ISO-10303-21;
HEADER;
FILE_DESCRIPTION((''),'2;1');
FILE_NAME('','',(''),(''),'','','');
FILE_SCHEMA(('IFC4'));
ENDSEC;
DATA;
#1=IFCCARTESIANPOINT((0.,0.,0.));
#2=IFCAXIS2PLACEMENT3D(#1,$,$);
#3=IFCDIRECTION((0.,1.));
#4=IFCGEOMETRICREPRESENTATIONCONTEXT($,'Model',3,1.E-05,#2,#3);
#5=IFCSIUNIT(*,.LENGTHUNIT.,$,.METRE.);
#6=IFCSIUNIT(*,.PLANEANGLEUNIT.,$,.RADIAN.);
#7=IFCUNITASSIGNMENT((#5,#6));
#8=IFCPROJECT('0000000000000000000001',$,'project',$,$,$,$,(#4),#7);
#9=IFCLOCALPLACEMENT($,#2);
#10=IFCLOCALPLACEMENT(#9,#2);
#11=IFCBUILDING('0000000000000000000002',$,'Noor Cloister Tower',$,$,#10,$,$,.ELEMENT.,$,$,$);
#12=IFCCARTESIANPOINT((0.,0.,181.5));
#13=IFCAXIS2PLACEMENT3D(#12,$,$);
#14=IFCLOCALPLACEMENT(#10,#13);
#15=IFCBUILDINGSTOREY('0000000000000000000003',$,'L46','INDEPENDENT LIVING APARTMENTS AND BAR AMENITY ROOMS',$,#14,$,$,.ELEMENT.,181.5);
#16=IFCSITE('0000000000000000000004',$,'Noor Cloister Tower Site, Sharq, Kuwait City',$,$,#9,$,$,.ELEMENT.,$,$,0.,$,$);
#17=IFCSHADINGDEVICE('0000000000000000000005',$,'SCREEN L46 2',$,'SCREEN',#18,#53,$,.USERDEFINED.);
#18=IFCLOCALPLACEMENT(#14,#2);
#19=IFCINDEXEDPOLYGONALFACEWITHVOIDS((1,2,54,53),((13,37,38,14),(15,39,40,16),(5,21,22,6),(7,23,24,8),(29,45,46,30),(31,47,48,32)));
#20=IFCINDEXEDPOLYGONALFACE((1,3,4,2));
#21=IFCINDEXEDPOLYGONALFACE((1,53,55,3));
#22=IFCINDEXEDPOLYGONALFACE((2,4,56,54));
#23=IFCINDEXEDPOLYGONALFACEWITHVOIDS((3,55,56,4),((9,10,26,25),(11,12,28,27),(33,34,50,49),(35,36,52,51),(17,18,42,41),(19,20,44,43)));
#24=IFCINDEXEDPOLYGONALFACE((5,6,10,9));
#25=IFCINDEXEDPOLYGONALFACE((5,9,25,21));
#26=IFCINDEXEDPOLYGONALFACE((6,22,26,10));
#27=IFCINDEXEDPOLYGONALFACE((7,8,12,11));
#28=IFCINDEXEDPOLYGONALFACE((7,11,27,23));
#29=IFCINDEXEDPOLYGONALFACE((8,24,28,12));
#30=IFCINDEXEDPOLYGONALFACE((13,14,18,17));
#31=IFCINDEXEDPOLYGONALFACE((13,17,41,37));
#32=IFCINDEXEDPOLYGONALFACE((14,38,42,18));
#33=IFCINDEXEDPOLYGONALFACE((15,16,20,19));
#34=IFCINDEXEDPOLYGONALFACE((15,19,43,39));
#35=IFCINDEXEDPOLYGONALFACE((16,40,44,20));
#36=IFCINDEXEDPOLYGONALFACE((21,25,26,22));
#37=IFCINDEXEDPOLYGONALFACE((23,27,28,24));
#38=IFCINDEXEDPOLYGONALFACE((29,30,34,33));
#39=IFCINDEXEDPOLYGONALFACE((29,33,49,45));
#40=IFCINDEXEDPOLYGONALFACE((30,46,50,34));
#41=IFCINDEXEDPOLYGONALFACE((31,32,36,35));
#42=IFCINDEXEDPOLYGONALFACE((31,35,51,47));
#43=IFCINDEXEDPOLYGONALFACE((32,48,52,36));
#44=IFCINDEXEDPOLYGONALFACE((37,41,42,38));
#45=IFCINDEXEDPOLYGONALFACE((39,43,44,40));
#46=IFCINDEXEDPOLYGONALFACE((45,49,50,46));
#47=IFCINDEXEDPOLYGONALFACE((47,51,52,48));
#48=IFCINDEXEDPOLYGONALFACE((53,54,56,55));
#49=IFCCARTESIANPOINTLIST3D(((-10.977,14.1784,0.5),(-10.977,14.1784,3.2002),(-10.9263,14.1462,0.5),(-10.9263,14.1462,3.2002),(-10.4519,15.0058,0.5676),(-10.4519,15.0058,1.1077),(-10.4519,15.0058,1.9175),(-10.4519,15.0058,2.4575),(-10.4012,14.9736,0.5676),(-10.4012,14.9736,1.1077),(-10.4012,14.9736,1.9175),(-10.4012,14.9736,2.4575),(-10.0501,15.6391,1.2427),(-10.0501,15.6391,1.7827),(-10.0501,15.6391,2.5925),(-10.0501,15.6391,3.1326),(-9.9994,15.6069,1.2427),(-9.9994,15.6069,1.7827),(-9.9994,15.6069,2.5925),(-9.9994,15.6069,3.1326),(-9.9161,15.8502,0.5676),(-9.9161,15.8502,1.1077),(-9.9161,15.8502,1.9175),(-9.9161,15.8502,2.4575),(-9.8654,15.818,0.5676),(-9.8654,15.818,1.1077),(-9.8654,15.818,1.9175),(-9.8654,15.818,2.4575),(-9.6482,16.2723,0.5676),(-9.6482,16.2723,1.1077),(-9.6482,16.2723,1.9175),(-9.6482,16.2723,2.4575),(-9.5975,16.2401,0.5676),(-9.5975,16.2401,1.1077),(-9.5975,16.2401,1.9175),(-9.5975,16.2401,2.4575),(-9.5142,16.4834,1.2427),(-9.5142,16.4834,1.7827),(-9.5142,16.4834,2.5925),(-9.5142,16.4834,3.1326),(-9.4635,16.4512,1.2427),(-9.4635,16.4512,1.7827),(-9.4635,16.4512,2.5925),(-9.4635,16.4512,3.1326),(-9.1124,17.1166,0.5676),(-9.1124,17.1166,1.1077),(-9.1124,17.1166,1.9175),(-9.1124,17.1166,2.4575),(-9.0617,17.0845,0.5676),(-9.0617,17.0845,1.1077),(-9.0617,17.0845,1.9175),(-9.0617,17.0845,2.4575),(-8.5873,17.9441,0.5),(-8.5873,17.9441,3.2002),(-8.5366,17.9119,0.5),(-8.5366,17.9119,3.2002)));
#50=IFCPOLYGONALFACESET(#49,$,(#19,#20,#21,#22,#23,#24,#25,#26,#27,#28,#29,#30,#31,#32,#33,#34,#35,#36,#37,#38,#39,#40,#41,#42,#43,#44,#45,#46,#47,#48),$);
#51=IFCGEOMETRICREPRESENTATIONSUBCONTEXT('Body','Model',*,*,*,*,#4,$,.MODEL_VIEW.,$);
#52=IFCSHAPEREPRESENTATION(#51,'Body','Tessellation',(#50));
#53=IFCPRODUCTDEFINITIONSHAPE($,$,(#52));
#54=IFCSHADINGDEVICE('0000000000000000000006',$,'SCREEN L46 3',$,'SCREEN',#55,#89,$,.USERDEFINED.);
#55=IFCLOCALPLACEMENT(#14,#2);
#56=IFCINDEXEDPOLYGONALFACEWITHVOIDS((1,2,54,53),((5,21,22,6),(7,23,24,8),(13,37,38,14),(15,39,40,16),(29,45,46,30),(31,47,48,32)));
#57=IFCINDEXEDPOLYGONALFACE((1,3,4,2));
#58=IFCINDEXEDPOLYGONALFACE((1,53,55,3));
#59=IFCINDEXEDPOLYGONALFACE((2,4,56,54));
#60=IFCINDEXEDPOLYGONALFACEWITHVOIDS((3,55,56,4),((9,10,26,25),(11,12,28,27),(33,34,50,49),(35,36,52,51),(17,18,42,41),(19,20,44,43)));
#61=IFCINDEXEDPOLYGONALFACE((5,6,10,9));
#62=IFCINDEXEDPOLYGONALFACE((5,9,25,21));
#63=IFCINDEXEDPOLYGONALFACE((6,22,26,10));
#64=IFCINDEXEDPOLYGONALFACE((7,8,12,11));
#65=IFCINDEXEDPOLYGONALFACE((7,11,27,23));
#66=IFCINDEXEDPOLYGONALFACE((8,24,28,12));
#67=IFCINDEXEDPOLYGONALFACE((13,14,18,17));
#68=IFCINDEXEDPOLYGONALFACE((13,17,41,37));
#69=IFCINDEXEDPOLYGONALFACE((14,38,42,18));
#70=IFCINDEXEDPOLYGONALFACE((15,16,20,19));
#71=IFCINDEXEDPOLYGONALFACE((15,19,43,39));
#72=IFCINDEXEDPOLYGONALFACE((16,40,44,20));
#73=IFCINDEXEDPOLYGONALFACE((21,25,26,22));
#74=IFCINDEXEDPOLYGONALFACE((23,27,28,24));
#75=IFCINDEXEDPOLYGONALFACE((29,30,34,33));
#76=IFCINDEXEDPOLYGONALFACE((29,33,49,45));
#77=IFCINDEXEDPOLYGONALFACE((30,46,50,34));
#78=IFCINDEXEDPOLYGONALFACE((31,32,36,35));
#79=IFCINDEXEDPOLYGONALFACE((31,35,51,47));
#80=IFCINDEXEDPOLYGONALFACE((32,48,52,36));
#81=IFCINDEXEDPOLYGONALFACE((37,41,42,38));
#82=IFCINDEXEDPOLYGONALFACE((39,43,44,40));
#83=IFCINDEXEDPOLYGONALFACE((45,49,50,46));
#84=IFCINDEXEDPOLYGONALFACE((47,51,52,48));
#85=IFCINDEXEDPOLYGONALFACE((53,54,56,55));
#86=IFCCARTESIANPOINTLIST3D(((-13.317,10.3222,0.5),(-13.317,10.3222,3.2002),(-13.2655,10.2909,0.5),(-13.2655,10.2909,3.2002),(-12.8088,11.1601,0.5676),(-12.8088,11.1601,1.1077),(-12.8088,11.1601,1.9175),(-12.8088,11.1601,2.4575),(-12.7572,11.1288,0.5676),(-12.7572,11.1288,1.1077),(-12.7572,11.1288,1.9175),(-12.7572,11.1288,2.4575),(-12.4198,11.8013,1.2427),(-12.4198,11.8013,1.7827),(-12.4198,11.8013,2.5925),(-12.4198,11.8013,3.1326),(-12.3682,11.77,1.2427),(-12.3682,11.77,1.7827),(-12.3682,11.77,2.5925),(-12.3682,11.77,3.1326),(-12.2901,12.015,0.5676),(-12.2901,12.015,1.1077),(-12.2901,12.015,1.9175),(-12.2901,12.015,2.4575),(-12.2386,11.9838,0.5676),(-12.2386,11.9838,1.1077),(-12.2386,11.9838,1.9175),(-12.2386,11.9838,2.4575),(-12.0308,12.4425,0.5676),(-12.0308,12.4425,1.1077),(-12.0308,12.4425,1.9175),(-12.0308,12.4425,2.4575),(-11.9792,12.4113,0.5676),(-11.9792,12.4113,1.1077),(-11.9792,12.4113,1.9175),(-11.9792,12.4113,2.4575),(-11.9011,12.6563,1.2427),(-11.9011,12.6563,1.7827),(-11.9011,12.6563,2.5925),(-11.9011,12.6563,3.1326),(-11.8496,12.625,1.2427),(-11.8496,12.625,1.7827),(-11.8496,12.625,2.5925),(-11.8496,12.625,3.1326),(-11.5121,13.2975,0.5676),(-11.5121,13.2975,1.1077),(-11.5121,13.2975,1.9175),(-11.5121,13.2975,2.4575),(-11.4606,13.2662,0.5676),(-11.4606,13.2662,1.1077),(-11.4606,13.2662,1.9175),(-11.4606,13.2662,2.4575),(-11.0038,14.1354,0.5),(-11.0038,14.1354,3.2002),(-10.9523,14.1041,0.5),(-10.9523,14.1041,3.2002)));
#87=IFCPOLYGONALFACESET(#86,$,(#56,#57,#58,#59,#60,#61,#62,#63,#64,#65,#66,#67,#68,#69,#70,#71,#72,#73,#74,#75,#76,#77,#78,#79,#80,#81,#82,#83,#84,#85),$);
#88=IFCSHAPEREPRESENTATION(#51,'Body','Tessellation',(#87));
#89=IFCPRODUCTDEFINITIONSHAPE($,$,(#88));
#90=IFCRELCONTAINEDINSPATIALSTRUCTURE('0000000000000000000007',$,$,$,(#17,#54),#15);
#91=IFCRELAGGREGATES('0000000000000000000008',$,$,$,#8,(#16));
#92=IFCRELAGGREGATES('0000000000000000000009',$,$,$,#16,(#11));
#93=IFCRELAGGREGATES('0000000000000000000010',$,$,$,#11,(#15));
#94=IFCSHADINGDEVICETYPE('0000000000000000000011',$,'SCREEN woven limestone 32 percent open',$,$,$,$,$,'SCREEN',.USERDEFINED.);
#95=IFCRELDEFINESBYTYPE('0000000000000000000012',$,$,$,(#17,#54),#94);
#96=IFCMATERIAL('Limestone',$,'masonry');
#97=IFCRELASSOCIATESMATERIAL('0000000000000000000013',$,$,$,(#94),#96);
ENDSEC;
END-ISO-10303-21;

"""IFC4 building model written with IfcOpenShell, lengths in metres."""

from ifc_helpers import new_model, si_unit, direction, frame, origin, place, context, subcontext, project, spatial, polyline, outline, extrude, material, material_profile, profile_set, type_object, element, save


model = new_model("IFC4")

# Units and contexts
model_context = context("Model", 3, precision=1e-05, world=origin(), true_north=direction((0.0, 1.0)))
body_context = subcontext(model_context, "Body", "Model", "MODEL_VIEW")
ifc_project = project(units=[si_unit("LENGTHUNIT", "METRE"), si_unit("PLANEANGLEUNIT", "RADIAN")], contexts=[model_context])

# Site, building, storey
site_placement = place(None, origin())
site = spatial("IfcSite", under=ifc_project, at=site_placement, Name="Noor Cloister Tower Site, Sharq, Kuwait City", CompositionType="ELEMENT", RefElevation=0.0)
building_placement = place(site_placement, origin())
building = spatial("IfcBuilding", under=site, at=building_placement, Name="Noor Cloister Tower", CompositionType="ELEMENT")
storey_placement = place(building_placement, frame((0.0, 0.0, 181.5)))
storey = spatial("IfcBuildingStorey", under=building, at=storey_placement, Name="L46", Description="INDEPENDENT LIVING APARTMENTS AND BAR AMENITY ROOMS", CompositionType="ELEMENT", Elevation=181.5)

# Shading devices
ifc_material_1 = material(Name="Limestone", Category="masonry")
ifc_material_profile_1 = material_profile(ifc_material_1, outline(polyline([(-2.23, -1.3501), (2.23, -1.3501), (2.23, 1.3501), (-2.23, 1.3501), (-2.23, -1.3501)]), holes=[polyline([(-1.25, -1.2825), (-0.25, -1.2825), (-0.25, -0.7424), (-1.25, -0.7424), (-1.25, -1.2825)]), polyline([(0.25, -1.2825), (1.25, -1.2825), (1.25, -0.7424), (0.25, -0.7424), (0.25, -1.2825)]), polyline([(-0.5, -0.6074), (0.5, -0.6074), (0.5, -0.0674), (-0.5, -0.0674), (-0.5, -0.6074)]), polyline([(-1.25, 0.0674), (-0.25, 0.0674), (-0.25, 0.6074), (-1.25, 0.6074), (-1.25, 0.0674)]), polyline([(0.25, 0.0674), (1.25, 0.0674), (1.25, 0.6074), (0.25, 0.6074), (0.25, 0.0674)]), polyline([(-0.5, 0.7424), (0.5, 0.7424), (0.5, 1.2825), (-0.5, 1.2825), (-0.5, 0.7424)])]), Name="Woven screen 32 percent open")
ifc_profile_set_1 = profile_set([ifc_material_profile_1], Name="Limestone")
shading_device_type = type_object("IfcShadingDeviceType", Name="SCREEN woven limestone 32 percent open", ElementType="SCREEN", PredefinedType="USERDEFINED", material=ifc_profile_set_1)
shading_device_1_placement = place(storey_placement, frame((-9.7314, 16.0291, 1.8501), z_axis=(-0.844329, 0.535824, 0.0), x_axis=(-0.535824, -0.844329, 0.0)))
element("IfcShadingDevice", 1, at=shading_device_1_placement, inside=storey, type_object=shading_device_type, Name="SCREEN L46 2", ObjectType="SCREEN", PredefinedType="USERDEFINED", context=body_context, shape_type="SweptSolid", body=[
    extrude(outline(polyline([(-2.23, -1.3501), (2.23, -1.3501), (2.23, 1.3501), (-2.23, 1.3501), (-2.23, -1.3501)]), holes=[polyline([(-1.25, -1.2825), (-0.25, -1.2825), (-0.25, -0.7424), (-1.25, -0.7424), (-1.25, -1.2825)]), polyline([(0.25, -1.2825), (1.25, -1.2825), (1.25, -0.7424), (0.25, -0.7424), (0.25, -1.2825)]), polyline([(-0.5, -0.6074), (0.5, -0.6074), (0.5, -0.0674), (-0.5, -0.0674), (-0.5, -0.6074)]), polyline([(-1.25, 0.0674), (-0.25, 0.0674), (-0.25, 0.6074), (-1.25, 0.6074), (-1.25, 0.0674)]), polyline([(0.25, 0.0674), (1.25, 0.0674), (1.25, 0.6074), (0.25, 0.6074), (0.25, 0.0674)]), polyline([(-0.5, 0.7424), (0.5, 0.7424), (0.5, 1.2825), (-0.5, 1.2825), (-0.5, 0.7424)])]), origin(), (0.0, 0.0, 1.0), 0.0601),
])
shading_device_2_placement = place(storey_placement, frame((-12.1089, 12.1975, 1.8501), z_axis=(-0.85498, 0.518661, 0.0), x_axis=(-0.518661, -0.85498, 0.0)))
element("IfcShadingDevice", 2, at=shading_device_2_placement, inside=storey, type_object=shading_device_type, Name="SCREEN L46 3", ObjectType="SCREEN", PredefinedType="USERDEFINED", context=body_context, shape_type="SweptSolid", body=[
    extrude(outline(polyline([(-2.23, -1.3501), (2.23, -1.3501), (2.23, 1.3501), (-2.23, 1.3501), (-2.23, -1.3501)]), holes=[polyline([(-1.25, -1.2825), (-0.25, -1.2825), (-0.25, -0.7424), (-1.25, -0.7424), (-1.25, -1.2825)]), polyline([(0.25, -1.2825), (1.25, -1.2825), (1.25, -0.7424), (0.25, -0.7424), (0.25, -1.2825)]), polyline([(-0.5, -0.6074), (0.5, -0.6074), (0.5, -0.0674), (-0.5, -0.0674), (-0.5, -0.6074)]), polyline([(-1.25, 0.0674), (-0.25, 0.0674), (-0.25, 0.6074), (-1.25, 0.6074), (-1.25, 0.0674)]), polyline([(0.25, 0.0674), (1.25, 0.0674), (1.25, 0.6074), (0.25, 0.6074), (0.25, 0.0674)]), polyline([(-0.5, 0.7424), (0.5, 0.7424), (0.5, 1.2825), (-0.5, 1.2825), (-0.5, 0.7424)])]), origin(), (0.0, 0.0, 1.0), 0.0603),
])

save(model, "model.ifc")
